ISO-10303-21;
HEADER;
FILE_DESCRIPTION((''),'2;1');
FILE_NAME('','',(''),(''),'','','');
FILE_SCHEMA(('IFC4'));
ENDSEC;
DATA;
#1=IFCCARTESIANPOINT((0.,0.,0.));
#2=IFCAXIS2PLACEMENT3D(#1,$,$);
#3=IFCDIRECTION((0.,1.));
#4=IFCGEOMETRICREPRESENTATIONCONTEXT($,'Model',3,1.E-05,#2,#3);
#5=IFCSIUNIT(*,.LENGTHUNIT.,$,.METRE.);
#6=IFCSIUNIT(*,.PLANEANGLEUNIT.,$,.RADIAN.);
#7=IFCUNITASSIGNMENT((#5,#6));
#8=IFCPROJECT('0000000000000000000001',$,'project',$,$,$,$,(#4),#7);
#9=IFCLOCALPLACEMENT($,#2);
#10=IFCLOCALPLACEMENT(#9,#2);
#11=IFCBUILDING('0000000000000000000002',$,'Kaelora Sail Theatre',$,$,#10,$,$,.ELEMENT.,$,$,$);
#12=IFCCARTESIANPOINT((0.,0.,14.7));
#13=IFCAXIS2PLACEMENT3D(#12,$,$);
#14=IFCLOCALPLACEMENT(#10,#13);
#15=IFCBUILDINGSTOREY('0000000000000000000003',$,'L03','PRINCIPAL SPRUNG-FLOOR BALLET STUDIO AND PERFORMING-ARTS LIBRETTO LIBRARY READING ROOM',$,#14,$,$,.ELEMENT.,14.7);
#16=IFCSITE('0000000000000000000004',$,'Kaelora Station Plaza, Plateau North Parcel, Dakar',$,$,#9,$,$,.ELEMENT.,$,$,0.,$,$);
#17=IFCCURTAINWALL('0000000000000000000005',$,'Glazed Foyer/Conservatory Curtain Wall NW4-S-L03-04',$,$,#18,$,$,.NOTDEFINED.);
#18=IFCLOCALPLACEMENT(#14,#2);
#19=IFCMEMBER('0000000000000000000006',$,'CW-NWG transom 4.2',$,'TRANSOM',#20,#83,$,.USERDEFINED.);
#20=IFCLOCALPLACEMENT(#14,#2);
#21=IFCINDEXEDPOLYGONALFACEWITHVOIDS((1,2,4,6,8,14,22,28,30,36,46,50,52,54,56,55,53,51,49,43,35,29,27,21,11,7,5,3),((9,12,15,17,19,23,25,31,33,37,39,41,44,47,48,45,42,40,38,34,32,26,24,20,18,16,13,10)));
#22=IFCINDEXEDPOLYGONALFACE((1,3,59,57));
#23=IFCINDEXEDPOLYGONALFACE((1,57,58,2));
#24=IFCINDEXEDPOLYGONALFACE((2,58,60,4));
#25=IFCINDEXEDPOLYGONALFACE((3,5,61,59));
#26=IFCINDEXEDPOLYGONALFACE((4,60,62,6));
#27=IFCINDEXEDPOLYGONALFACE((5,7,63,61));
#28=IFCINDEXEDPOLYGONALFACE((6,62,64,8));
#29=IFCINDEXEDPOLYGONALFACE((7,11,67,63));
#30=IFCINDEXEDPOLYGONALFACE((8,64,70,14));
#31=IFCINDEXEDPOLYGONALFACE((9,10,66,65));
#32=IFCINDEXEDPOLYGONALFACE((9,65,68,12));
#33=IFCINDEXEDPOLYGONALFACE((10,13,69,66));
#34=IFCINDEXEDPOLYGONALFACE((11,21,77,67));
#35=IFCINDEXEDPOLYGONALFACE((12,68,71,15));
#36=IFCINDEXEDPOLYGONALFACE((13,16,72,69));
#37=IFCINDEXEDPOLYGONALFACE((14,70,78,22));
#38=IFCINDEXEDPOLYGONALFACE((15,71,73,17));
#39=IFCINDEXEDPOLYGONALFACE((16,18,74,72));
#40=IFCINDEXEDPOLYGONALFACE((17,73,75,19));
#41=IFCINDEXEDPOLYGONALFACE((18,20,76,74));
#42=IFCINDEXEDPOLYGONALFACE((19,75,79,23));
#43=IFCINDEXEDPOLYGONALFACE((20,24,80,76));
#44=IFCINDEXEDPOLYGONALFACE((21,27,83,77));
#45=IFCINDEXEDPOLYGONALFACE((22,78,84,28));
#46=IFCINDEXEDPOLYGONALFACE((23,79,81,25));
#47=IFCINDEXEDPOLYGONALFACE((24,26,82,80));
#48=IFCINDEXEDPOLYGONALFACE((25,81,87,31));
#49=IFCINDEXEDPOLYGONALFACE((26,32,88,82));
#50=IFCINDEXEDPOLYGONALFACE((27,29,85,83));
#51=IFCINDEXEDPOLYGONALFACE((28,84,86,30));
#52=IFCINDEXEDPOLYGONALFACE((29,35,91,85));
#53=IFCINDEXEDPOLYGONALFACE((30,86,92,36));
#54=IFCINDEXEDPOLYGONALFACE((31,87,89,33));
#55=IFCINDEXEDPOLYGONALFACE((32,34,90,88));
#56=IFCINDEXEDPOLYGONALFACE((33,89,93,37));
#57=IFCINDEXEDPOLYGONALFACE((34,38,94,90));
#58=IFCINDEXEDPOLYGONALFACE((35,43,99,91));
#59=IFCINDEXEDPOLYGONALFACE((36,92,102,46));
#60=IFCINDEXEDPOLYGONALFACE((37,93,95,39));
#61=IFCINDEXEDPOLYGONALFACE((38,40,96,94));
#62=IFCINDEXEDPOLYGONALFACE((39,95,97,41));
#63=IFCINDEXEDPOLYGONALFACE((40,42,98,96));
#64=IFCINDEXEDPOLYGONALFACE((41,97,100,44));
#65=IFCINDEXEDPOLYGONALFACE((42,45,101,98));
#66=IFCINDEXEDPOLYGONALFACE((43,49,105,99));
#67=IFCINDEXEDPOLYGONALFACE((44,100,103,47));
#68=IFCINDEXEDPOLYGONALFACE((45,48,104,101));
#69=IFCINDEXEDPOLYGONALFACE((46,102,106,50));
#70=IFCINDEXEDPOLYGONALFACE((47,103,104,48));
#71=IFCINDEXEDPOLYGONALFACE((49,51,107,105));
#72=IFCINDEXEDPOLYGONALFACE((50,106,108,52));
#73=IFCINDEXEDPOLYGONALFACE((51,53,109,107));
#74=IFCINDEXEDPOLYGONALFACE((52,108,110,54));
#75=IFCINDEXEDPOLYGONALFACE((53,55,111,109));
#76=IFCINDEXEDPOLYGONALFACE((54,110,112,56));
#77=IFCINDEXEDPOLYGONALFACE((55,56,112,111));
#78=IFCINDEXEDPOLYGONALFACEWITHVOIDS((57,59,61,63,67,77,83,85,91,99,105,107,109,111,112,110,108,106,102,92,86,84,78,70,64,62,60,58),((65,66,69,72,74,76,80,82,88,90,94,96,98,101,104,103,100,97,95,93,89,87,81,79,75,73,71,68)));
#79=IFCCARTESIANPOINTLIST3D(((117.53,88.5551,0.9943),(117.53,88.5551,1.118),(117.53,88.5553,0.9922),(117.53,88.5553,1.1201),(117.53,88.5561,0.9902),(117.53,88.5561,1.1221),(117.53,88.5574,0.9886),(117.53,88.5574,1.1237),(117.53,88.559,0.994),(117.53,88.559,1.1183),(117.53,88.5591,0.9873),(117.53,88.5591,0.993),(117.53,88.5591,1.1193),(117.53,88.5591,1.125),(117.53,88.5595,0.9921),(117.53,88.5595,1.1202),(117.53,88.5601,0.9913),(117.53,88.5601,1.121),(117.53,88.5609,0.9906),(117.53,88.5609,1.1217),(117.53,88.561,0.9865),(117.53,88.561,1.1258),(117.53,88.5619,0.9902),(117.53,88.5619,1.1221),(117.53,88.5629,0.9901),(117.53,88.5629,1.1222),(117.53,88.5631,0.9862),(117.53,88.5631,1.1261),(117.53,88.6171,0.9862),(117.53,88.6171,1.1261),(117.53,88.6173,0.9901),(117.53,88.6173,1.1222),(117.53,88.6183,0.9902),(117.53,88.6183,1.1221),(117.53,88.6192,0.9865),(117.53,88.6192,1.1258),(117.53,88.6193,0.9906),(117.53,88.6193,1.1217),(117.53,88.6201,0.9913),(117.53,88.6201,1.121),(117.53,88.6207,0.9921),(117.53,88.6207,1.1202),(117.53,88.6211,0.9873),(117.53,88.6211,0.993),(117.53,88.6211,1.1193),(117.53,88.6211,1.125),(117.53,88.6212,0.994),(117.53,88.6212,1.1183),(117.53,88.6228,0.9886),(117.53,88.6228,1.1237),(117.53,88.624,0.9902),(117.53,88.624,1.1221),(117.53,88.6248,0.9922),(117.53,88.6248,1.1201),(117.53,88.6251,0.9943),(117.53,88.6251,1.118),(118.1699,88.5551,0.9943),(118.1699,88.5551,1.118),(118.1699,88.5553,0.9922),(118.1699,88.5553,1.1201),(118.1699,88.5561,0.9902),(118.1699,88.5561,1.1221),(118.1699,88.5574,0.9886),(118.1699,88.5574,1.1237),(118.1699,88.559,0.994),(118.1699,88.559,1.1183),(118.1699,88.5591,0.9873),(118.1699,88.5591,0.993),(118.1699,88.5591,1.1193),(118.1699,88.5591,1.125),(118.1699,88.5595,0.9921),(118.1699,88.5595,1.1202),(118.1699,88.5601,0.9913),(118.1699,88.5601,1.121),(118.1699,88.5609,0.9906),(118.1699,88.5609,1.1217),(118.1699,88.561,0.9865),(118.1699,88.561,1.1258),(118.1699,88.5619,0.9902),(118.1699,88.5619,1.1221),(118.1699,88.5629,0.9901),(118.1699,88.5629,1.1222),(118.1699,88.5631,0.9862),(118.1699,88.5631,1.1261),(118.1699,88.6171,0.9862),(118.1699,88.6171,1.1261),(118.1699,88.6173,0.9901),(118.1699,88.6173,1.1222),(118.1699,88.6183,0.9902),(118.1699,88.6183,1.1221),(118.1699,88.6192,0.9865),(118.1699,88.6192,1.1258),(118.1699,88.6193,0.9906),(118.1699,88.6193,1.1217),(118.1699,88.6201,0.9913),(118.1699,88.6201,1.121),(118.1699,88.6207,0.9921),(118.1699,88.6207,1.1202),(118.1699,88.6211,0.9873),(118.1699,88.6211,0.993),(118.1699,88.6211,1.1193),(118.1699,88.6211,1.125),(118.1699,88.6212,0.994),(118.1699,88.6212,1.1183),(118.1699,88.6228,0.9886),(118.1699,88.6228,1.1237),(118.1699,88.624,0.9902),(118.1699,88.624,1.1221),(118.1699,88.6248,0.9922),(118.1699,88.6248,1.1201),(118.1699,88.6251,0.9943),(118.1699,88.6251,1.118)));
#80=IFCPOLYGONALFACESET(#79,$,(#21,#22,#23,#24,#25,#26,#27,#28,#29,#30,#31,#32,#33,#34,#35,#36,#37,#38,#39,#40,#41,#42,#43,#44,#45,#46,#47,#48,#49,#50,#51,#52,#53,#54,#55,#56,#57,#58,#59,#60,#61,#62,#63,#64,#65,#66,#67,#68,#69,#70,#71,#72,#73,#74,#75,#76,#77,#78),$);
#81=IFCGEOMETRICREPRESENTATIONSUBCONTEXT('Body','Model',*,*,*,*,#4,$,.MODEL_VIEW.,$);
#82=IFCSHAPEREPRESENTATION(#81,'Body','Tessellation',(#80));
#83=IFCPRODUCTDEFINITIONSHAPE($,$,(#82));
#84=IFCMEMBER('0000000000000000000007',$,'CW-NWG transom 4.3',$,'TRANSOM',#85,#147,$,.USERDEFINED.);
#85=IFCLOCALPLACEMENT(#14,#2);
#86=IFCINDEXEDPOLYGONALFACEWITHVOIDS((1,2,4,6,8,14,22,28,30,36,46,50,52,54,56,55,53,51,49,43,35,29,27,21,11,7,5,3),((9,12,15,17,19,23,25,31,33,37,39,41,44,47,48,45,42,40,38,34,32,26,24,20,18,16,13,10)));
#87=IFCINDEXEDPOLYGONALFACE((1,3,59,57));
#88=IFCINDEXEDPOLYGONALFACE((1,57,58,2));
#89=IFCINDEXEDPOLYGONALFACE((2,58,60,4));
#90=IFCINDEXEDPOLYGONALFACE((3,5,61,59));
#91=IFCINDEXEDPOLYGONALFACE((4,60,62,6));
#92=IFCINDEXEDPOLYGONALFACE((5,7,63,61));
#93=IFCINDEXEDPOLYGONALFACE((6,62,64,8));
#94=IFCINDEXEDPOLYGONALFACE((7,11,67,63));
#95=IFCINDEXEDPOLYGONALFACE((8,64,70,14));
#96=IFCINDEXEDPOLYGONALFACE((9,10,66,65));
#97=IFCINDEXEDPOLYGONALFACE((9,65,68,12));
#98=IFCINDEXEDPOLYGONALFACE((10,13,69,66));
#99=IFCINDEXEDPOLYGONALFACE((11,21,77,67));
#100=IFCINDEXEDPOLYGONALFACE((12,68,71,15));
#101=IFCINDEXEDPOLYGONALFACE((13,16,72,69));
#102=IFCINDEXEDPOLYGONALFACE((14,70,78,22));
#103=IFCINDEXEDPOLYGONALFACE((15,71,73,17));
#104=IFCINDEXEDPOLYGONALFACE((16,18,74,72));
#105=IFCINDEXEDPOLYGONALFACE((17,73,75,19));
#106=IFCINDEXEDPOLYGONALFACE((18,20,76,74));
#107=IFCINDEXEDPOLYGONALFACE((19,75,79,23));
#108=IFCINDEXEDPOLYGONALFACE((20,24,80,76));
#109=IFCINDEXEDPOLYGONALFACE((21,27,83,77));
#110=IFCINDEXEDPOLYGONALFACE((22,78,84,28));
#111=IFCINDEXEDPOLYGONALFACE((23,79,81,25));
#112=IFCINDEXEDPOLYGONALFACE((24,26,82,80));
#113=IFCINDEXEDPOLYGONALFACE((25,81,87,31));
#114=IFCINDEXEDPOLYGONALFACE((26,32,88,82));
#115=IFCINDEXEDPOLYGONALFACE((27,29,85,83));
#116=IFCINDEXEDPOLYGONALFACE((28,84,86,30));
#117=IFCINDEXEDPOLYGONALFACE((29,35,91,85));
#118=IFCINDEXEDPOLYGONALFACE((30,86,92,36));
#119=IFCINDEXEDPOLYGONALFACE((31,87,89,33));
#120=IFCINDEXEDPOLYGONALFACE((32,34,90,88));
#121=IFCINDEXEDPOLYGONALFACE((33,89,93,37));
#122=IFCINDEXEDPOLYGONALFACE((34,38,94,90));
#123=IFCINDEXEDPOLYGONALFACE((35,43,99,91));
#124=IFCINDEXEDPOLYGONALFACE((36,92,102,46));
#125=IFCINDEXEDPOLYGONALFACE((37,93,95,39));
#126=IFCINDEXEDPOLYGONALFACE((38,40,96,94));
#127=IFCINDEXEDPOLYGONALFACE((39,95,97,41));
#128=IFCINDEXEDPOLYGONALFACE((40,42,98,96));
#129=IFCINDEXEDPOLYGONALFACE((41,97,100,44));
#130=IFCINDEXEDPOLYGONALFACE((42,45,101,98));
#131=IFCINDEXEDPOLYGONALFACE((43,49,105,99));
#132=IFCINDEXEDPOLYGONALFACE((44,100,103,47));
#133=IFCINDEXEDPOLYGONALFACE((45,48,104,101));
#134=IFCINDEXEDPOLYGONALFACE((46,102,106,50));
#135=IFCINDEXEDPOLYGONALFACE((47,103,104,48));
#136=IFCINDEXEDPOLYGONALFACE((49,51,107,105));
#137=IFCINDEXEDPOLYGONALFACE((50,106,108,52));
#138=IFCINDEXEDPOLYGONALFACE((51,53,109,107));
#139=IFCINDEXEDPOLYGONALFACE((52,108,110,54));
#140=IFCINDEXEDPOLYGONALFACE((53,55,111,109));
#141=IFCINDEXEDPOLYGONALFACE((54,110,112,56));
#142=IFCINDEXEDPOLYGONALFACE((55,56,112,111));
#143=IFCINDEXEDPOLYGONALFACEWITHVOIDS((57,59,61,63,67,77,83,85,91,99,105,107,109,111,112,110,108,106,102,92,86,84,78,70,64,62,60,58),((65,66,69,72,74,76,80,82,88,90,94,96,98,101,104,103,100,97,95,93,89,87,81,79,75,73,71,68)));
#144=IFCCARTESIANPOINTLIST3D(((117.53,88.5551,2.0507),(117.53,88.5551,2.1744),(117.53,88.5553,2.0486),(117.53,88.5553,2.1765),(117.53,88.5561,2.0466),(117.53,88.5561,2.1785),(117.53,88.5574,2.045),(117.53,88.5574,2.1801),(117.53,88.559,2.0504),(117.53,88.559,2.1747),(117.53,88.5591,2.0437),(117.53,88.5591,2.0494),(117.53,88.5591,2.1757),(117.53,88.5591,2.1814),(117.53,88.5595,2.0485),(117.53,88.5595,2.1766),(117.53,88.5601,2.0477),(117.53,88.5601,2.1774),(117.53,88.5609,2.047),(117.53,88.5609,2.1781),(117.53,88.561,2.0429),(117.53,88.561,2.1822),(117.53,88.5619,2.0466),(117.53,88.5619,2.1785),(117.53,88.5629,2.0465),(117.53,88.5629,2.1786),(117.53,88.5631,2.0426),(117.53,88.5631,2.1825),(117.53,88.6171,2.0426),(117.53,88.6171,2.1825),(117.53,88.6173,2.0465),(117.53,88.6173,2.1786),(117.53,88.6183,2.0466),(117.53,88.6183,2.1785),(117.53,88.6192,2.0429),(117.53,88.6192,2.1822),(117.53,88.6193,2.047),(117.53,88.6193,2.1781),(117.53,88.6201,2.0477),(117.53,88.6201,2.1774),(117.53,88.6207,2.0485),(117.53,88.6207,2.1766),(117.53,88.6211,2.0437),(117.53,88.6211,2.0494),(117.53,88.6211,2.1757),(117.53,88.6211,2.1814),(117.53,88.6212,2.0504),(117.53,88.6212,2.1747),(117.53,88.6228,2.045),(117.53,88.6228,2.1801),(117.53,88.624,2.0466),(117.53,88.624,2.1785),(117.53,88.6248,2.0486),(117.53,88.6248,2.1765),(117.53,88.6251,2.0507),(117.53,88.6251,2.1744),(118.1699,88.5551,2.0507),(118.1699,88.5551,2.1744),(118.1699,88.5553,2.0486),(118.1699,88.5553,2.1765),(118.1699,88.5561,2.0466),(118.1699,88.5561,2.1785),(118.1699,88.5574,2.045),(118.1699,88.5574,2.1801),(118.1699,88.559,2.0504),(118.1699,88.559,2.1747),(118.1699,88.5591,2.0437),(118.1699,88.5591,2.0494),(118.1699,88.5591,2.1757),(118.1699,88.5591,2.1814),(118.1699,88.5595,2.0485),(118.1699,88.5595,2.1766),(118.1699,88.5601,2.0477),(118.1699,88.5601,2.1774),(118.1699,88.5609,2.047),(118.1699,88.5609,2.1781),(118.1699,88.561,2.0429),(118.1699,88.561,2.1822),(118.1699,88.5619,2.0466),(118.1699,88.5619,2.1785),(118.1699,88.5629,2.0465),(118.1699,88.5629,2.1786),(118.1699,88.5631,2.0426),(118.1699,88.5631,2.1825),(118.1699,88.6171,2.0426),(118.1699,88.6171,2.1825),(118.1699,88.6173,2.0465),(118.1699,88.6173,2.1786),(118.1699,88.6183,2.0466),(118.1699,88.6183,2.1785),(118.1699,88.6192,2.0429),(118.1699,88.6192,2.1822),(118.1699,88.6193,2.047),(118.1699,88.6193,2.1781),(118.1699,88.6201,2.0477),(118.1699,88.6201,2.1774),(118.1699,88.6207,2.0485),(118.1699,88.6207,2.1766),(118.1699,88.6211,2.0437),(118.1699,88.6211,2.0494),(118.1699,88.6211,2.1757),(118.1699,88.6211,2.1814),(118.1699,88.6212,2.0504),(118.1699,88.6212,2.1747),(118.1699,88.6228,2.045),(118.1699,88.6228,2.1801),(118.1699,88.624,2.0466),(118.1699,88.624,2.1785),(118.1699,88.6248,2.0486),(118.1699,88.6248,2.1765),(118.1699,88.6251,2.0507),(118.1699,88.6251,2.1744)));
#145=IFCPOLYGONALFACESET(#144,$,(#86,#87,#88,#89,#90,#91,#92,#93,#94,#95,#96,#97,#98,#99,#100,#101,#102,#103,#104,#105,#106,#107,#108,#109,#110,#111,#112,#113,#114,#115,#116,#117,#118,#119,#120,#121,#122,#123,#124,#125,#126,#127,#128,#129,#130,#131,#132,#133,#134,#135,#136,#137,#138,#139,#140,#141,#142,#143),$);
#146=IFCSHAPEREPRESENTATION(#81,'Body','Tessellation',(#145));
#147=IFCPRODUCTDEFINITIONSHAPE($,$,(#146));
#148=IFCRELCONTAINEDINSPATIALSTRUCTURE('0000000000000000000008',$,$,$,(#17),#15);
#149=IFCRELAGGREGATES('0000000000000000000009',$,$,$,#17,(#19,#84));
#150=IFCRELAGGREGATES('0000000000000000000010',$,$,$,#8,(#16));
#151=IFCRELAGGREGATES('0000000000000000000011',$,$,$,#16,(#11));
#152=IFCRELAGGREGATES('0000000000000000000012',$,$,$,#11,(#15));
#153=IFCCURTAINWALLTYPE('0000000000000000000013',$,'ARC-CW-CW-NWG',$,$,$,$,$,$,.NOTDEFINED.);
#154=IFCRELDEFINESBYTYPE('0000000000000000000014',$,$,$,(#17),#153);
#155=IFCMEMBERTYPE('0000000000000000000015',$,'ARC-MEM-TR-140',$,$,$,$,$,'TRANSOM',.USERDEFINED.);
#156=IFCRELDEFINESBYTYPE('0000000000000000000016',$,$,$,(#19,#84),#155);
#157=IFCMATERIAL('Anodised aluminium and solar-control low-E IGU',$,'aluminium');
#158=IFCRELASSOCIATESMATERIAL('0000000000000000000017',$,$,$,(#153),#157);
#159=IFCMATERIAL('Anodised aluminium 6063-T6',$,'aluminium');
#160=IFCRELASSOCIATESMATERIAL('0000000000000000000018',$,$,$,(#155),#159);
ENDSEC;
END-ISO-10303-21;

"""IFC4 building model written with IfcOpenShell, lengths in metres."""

from ifc_helpers import new_model, si_unit, direction, frame, origin, origin_2d, place, context, subcontext, project, spatial, hollow_rectangle, extrude, material, material_profile, profile_set, type_object, element, aggregate, save


model = new_model("IFC4")

# Units and contexts
model_context = context("Model", 3, precision=1e-05, world=origin(), true_north=direction((0.0, 1.0)))
body_context = subcontext(model_context, "Body", "Model", "MODEL_VIEW")
ifc_project = project(units=[si_unit("LENGTHUNIT", "METRE"), si_unit("PLANEANGLEUNIT", "RADIAN")], contexts=[model_context])

# Site, building, storey
site_placement = place(None, origin())
site = spatial("IfcSite", under=ifc_project, at=site_placement, Name="Kaelora Station Plaza, Plateau North Parcel, Dakar", CompositionType="ELEMENT", RefElevation=0.0)
building_placement = place(site_placement, origin())
building = spatial("IfcBuilding", under=site, at=building_placement, Name="Kaelora Sail Theatre", CompositionType="ELEMENT")
storey_placement = place(building_placement, frame((0.0, 0.0, 14.7)))
storey = spatial("IfcBuildingStorey", under=building, at=storey_placement, Name="L03", Description="PRINCIPAL SPRUNG-FLOOR BALLET STUDIO AND PERFORMING-ARTS LIBRETTO LIBRARY READING ROOM", CompositionType="ELEMENT", Elevation=14.7)

# Curtain wall, members
ifc_material_1 = material(Name="Anodised aluminium and solar-control low-E IGU", Category="aluminium")
curtain_wall_type = type_object("IfcCurtainWallType", Name="ARC-CW-CW-NWG", PredefinedType="NOTDEFINED", material=ifc_material_1)
curtain_wall_placement = place(storey_placement, origin())
curtain_wall = element("IfcCurtainWall", 1, at=curtain_wall_placement, inside=storey, type_object=curtain_wall_type, Name="Glazed Foyer/Conservatory Curtain Wall NW4-S-L03-04", PredefinedType="NOTDEFINED")
ifc_material_2 = material(Name="Anodised aluminium 6063-T6", Category="aluminium")
ifc_material_profile_1 = material_profile(ifc_material_2, hollow_rectangle(XDim=0.0701, YDim=0.1399, WallThickness=0.0039, InnerFilletRadius=0.0039, OuterFilletRadius=0.0081, at=origin_2d()), Name="ALU-TRAN 70x140x4")
ifc_profile_set_1 = profile_set([ifc_material_profile_1], Name="Anodised aluminium 6063-T6")
member_type_1 = type_object("IfcMemberType", Name="ARC-MEM-TR-140", ElementType="TRANSOM", PredefinedType="USERDEFINED", material=ifc_profile_set_1)
member_1_placement = place(storey_placement, frame((117.53, 88.5901, 1.0562), z_axis=(1.0, 0.0, 0.0), x_axis=(0.0, 1.0, 0.0)))
member_1 = element("IfcMember", 2, at=member_1_placement, type_object=member_type_1, Name="CW-NWG transom 4.2", ObjectType="TRANSOM", PredefinedType="USERDEFINED", context=body_context, shape_type="SweptSolid", body=[
    extrude(hollow_rectangle(XDim=0.0701, YDim=0.1399, WallThickness=0.0039, InnerFilletRadius=0.0039, OuterFilletRadius=0.0081, at=origin_2d()), origin(), (0.0, 0.0, 1.0), 0.6399),
])
member_2_placement = place(storey_placement, frame((117.53, 88.5901, 2.1125), z_axis=(1.0, 0.0, 0.0), x_axis=(0.0, 1.0, 0.0)))
member_2 = element("IfcMember", 3, at=member_2_placement, type_object=member_type_1, Name="CW-NWG transom 4.3", ObjectType="TRANSOM", PredefinedType="USERDEFINED", context=body_context, shape_type="SweptSolid", body=[
    extrude(hollow_rectangle(XDim=0.0701, YDim=0.1399, WallThickness=0.0039, InnerFilletRadius=0.0039, OuterFilletRadius=0.0081, at=origin_2d()), origin(), (0.0, 0.0, 1.0), 0.6399),
])
aggregate(curtain_wall, [member_1, member_2])

save(model, "model.ifc")
